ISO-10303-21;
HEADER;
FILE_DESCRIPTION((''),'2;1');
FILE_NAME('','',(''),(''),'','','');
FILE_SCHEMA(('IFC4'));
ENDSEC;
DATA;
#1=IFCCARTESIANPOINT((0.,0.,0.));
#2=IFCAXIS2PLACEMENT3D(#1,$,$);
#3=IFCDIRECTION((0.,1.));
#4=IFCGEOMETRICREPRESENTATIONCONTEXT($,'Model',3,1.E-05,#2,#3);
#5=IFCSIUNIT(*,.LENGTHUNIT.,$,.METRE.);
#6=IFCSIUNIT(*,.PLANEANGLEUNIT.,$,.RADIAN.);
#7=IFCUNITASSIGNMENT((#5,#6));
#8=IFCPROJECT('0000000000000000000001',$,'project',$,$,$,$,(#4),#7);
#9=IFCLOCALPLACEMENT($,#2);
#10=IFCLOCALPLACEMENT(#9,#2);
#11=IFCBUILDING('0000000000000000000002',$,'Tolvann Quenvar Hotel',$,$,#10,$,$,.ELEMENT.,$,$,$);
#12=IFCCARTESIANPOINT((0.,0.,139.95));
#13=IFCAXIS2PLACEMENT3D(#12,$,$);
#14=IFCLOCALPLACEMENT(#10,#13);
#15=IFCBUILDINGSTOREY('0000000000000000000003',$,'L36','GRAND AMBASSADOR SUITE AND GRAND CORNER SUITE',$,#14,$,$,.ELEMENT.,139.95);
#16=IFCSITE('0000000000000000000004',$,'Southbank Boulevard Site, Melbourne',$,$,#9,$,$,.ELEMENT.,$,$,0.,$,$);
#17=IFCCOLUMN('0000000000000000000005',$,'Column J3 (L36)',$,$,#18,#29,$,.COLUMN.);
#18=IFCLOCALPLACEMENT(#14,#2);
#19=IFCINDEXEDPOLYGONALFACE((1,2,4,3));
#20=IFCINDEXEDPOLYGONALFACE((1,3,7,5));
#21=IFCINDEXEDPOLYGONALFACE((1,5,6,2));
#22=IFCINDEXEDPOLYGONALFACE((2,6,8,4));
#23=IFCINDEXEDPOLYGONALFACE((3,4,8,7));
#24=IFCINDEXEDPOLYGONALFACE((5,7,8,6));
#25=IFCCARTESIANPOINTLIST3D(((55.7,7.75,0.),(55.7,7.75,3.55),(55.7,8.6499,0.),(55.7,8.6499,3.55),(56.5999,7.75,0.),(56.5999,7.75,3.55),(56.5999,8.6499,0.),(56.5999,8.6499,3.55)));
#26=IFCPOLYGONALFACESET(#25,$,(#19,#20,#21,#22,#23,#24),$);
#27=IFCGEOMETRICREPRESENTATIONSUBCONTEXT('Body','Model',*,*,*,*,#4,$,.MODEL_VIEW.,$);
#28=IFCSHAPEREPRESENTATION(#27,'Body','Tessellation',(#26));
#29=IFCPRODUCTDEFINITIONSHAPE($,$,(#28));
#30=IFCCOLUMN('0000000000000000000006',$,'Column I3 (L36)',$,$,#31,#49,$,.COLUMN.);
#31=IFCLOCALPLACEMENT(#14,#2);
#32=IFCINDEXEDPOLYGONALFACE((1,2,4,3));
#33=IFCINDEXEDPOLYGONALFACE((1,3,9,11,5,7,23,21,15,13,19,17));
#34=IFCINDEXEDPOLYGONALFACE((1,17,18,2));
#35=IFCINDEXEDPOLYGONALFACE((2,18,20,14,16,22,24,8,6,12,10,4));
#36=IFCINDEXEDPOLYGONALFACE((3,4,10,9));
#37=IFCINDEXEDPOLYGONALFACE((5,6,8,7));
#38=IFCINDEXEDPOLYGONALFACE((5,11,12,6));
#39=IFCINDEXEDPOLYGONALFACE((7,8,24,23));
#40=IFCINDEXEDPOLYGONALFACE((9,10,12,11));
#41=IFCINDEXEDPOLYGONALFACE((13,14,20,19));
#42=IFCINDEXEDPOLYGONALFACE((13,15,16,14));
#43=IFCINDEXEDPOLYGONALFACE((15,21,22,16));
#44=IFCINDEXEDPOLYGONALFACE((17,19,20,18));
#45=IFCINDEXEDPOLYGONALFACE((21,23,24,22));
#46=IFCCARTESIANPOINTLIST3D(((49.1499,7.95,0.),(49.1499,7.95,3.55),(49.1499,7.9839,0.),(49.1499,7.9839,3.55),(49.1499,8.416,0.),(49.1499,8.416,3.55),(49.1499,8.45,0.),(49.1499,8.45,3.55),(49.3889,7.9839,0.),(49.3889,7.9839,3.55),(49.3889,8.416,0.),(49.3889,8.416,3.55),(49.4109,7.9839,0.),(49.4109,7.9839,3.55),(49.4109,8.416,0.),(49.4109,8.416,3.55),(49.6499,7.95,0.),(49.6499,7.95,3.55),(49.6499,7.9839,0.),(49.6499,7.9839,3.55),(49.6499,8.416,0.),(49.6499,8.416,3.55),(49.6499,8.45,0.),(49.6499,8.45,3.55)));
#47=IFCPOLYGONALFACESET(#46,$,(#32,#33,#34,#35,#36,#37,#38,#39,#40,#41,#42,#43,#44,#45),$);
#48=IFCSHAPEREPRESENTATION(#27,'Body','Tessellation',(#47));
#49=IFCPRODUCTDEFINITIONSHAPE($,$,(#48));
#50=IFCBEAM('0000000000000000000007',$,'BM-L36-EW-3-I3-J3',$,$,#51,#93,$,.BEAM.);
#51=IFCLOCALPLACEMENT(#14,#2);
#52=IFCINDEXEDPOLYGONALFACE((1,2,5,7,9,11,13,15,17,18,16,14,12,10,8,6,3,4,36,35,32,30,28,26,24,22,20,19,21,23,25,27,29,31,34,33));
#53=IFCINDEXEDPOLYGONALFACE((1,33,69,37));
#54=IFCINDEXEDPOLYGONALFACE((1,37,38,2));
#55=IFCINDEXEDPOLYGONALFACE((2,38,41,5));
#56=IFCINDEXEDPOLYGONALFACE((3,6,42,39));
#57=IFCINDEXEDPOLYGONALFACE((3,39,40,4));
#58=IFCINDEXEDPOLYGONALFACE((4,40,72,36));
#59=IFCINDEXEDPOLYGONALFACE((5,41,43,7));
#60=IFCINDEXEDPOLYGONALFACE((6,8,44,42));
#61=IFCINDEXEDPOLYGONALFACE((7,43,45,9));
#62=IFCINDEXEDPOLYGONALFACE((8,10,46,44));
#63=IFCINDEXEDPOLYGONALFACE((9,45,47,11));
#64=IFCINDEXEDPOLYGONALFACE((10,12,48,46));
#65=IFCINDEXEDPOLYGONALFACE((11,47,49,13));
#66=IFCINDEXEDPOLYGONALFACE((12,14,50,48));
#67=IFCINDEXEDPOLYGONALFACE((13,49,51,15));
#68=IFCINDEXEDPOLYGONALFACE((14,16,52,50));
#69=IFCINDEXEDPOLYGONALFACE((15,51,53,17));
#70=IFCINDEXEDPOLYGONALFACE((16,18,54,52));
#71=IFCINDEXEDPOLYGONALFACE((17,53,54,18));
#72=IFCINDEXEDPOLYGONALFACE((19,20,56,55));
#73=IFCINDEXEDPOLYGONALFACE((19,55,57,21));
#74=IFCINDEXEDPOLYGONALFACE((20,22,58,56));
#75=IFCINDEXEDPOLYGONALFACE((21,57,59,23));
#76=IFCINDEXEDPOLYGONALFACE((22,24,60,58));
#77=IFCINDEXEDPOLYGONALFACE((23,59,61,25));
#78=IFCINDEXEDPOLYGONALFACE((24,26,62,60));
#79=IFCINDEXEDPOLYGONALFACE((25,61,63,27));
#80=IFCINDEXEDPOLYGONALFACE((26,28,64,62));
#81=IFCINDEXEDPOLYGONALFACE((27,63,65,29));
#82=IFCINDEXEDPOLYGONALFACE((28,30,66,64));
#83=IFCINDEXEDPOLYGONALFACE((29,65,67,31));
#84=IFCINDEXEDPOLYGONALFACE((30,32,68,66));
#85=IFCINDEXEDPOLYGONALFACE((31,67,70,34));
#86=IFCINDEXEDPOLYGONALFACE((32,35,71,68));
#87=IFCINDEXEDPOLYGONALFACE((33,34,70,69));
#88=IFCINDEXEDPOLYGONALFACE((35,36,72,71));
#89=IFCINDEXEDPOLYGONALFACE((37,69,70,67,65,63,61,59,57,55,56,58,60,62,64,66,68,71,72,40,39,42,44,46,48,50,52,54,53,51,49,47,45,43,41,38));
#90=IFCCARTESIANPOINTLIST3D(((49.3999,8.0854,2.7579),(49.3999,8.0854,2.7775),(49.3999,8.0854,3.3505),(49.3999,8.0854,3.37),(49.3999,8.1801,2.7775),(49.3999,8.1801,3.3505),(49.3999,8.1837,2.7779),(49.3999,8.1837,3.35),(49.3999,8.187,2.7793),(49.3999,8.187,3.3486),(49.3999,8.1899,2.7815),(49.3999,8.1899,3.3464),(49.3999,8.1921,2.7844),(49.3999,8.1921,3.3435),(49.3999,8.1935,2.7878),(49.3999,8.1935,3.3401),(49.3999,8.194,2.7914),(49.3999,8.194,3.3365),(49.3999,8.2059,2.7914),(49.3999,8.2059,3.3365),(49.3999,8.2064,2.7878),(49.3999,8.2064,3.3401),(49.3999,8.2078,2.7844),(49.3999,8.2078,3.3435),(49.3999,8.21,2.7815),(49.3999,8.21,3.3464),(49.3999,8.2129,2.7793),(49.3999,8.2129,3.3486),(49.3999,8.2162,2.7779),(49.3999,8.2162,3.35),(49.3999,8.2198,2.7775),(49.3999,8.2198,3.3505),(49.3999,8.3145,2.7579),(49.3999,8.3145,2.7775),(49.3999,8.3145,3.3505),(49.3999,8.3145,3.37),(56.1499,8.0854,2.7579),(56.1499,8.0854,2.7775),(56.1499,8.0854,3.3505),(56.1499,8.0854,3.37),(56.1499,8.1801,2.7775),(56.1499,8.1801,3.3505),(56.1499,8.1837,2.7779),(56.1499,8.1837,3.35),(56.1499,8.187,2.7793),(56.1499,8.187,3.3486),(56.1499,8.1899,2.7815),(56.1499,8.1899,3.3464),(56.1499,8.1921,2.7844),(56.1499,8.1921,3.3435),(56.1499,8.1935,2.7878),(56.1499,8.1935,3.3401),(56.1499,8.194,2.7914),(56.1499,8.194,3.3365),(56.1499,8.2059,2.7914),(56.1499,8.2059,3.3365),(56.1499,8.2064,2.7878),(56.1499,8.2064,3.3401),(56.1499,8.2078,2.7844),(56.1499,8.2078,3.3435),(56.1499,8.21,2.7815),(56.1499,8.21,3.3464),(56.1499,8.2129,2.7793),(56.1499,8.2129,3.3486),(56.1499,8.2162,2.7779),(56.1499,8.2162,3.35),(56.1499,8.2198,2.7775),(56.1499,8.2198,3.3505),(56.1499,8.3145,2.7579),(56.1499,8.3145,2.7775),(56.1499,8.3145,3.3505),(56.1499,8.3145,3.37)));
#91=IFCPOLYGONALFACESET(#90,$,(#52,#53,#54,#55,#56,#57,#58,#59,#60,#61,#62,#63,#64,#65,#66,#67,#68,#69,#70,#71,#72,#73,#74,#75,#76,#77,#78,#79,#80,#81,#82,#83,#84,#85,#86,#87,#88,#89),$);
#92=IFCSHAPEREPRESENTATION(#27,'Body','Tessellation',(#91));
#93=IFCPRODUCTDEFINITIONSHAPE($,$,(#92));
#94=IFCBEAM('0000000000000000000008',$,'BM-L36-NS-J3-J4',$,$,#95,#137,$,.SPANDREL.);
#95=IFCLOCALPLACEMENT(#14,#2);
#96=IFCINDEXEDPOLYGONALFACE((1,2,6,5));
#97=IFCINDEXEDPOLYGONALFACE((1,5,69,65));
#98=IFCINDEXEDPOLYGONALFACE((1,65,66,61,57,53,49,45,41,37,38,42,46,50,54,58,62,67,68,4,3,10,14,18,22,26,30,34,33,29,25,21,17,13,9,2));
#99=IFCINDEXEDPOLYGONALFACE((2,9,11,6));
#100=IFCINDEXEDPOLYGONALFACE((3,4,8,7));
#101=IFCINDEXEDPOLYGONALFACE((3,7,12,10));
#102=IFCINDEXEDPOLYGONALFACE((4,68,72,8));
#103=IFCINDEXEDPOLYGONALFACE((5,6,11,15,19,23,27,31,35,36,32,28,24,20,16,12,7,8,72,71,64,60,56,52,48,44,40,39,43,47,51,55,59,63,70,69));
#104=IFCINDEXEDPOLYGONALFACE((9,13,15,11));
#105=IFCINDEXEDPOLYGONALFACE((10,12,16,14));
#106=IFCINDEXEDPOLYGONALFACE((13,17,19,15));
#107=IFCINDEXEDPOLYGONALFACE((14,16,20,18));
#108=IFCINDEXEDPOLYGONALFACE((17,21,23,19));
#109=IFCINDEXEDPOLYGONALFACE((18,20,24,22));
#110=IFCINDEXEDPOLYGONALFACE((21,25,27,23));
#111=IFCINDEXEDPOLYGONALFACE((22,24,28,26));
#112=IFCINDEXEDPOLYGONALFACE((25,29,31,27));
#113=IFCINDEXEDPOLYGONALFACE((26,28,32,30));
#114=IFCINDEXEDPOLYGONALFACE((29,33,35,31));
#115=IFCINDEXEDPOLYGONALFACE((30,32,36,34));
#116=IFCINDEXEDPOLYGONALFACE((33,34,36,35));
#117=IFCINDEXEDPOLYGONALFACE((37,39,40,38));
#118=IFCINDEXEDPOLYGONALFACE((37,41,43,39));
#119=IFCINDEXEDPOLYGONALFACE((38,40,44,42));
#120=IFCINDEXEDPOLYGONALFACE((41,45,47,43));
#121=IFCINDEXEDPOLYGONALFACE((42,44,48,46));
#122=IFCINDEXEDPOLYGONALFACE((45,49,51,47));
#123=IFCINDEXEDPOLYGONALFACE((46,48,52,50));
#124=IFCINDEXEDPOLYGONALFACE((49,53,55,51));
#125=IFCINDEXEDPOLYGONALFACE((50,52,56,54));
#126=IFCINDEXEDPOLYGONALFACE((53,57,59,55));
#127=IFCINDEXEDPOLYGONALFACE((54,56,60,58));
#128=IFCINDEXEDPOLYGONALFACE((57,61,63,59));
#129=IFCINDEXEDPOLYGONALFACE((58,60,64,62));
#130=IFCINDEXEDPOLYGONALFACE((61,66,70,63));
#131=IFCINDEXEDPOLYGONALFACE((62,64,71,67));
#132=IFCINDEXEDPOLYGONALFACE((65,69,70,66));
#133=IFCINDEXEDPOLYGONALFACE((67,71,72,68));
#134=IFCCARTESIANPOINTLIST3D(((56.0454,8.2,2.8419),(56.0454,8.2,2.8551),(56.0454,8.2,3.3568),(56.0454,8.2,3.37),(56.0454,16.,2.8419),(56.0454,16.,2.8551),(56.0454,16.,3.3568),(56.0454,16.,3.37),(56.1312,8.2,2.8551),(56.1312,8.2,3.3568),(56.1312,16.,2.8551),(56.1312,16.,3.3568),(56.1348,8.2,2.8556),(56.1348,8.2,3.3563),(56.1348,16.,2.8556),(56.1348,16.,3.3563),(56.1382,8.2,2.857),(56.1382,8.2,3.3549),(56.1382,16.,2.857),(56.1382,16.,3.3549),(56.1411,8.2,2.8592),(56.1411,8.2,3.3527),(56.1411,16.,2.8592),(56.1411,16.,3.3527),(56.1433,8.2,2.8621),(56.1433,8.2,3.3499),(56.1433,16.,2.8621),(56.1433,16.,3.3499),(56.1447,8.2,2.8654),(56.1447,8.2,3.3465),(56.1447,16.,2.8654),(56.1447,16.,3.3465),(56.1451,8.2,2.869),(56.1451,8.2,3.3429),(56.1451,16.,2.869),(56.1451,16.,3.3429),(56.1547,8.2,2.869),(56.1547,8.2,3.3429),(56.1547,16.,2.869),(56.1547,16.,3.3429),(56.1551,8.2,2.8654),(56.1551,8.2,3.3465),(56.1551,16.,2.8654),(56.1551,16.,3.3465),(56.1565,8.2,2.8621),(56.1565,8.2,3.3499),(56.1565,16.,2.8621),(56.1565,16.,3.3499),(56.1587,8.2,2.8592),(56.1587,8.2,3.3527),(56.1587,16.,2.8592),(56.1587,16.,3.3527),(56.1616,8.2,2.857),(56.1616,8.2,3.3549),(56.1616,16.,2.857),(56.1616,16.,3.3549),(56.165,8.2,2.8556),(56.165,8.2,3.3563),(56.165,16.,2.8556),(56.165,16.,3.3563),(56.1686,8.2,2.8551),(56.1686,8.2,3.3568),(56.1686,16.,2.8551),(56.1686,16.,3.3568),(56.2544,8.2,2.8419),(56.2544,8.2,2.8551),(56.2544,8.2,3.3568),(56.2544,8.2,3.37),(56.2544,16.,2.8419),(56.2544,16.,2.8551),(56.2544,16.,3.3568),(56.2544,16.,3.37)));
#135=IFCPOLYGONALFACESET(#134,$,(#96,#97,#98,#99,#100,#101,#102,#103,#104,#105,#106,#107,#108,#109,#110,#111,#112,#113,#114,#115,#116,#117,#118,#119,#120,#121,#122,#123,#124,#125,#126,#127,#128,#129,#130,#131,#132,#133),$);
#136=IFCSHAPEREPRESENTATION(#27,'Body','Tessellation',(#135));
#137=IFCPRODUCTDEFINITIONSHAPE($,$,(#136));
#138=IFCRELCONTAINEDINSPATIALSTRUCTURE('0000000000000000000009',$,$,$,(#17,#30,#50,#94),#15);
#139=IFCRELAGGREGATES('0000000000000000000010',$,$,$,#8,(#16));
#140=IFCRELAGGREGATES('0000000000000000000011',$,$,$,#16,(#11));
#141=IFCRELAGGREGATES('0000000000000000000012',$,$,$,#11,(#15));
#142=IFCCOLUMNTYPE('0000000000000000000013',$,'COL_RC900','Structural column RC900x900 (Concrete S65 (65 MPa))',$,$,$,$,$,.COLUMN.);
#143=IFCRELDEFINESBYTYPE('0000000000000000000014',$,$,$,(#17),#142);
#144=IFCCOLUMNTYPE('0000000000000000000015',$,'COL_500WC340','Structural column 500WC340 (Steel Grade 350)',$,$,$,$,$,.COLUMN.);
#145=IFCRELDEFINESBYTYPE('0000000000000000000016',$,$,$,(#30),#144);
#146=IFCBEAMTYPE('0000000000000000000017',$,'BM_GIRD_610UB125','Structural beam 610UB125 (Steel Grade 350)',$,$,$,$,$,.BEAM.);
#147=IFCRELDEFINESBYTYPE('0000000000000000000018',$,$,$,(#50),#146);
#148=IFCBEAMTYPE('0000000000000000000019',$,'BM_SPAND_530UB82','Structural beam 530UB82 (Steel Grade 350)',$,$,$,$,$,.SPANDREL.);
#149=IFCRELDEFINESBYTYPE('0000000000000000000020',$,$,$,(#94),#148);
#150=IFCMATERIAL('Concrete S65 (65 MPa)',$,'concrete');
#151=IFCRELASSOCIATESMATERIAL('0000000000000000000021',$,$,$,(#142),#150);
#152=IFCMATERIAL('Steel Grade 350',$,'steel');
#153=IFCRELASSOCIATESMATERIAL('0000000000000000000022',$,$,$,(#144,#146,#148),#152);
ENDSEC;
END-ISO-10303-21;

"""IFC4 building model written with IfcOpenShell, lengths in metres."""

from ifc_helpers import new_model, si_unit, direction, frame, origin, origin_2d, place, context, subcontext, project, spatial, rectangle, i_section, extrude, source, transform, mapped, material, material_profile, profile_set, type_object, type_shapes, element, save


model = new_model("IFC4")

# Units and contexts
model_context = context("Model", 3, precision=1e-05, world=origin(), true_north=direction((0.0, 1.0)))
body_context = subcontext(model_context, "Body", "Model", "MODEL_VIEW")
ifc_project = project(units=[si_unit("LENGTHUNIT", "METRE"), si_unit("PLANEANGLEUNIT", "RADIAN")], contexts=[model_context])

# Site, building, storey
site_placement = place(None, origin())
site = spatial("IfcSite", under=ifc_project, at=site_placement, Name="Southbank Boulevard Site, Melbourne", CompositionType="ELEMENT", RefElevation=0.0)
building_placement = place(site_placement, origin())
building = spatial("IfcBuilding", under=site, at=building_placement, Name="Tolvann Quenvar Hotel", CompositionType="ELEMENT")
storey_placement = place(building_placement, frame((0.0, 0.0, 139.95)))
storey = spatial("IfcBuildingStorey", under=building, at=storey_placement, Name="L36", Description="GRAND AMBASSADOR SUITE AND GRAND CORNER SUITE", CompositionType="ELEMENT", Elevation=139.95)

# Columns
ifc_material_1 = material(Name="Concrete S65 (65 MPa)", Category="concrete")
ifc_material_profile_1 = material_profile(ifc_material_1, rectangle(XDim=0.8999, YDim=0.8999, at=origin_2d()), Name="RC900x900")
ifc_profile_set_1 = profile_set([ifc_material_profile_1], Name="Concrete S65 (65 MPa)")
column_type_1 = type_object("IfcColumnType", Name="COL_RC900", Description="Structural column RC900x900 (Concrete S65 (65 MPa))", PredefinedType="COLUMN", material=ifc_profile_set_1)
shared_shape_1 = source(origin(), body_context, "Body", "SweptSolid", [
    extrude(rectangle(XDim=0.8999, YDim=0.8999, at=origin_2d()), origin(), (0.0, 0.0, 1.0), 3.55),
])
type_shapes(column_type_1, [shared_shape_1])
column_1_placement = place(storey_placement, frame((56.1499, 8.2, 0.0), z_axis=(0.0, 0.0, 1.0), x_axis=(1.0, 0.0, 0.0)))
element("IfcColumn", 1, at=column_1_placement, inside=storey, type_object=column_type_1, Name="Column J3 (L36)", PredefinedType="COLUMN", context=body_context, shape_type="MappedRepresentation", body=[
    mapped(shared_shape_1, transform((0.0, 0.0, 0.0), x_axis=(1.0, 0.0, 0.0), y_axis=(0.0, 1.0, 0.0), z_axis=(0.0, 0.0, 1.0), scale=1.0)),
])
ifc_material_2 = material(Name="Steel Grade 350", Category="steel")
ifc_material_profile_2 = material_profile(ifc_material_2, i_section(OverallWidth=0.5, OverallDepth=0.5, WebThickness=0.022, FlangeThickness=0.0339, at=origin_2d()), Name="500WC340")
ifc_profile_set_2 = profile_set([ifc_material_profile_2], Name="Steel Grade 350")
column_type_2 = type_object("IfcColumnType", Name="COL_500WC340", Description="Structural column 500WC340 (Steel Grade 350)", PredefinedType="COLUMN", material=ifc_profile_set_2)
shared_shape_2 = source(origin(), body_context, "Body", "SweptSolid", [
    extrude(i_section(OverallWidth=0.5, OverallDepth=0.5, WebThickness=0.022, FlangeThickness=0.0339, at=origin_2d()), origin(), (0.0, 0.0, 1.0), 3.55),
])
type_shapes(column_type_2, [shared_shape_2])
column_2_placement = place(storey_placement, frame((49.3999, 8.2, 0.0), z_axis=(0.0, 0.0, 1.0), x_axis=(1.0, 0.0, 0.0)))
element("IfcColumn", 2, at=column_2_placement, inside=storey, type_object=column_type_2, Name="Column I3 (L36)", PredefinedType="COLUMN", context=body_context, shape_type="MappedRepresentation", body=[
    mapped(shared_shape_2, transform((0.0, 0.0, 0.0), x_axis=(1.0, 0.0, 0.0), y_axis=(0.0, 1.0, 0.0), z_axis=(0.0, 0.0, 1.0), scale=1.0)),
])

# Beams
ifc_material_profile_3 = material_profile(ifc_material_2, i_section(OverallWidth=0.229, OverallDepth=0.6121, WebThickness=0.012, FlangeThickness=0.0195, FilletRadius=0.0139, at=origin_2d()), Name="610UB125")
ifc_profile_set_3 = profile_set([ifc_material_profile_3], Name="Steel Grade 350")
beam_type_1 = type_object("IfcBeamType", Name="BM_GIRD_610UB125", Description="Structural beam 610UB125 (Steel Grade 350)", PredefinedType="BEAM", material=ifc_profile_set_3)
shared_shape_3 = source(origin(), body_context, "Body", "SweptSolid", [
    extrude(i_section(OverallWidth=0.229, OverallDepth=0.6121, WebThickness=0.012, FlangeThickness=0.0195, FilletRadius=0.0139, at=origin_2d()), origin(), (0.0, 0.0, 1.0), 6.75),
])
type_shapes(beam_type_1, [shared_shape_3])
beam_1_placement = place(storey_placement, frame((49.3999, 8.2, 3.064), z_axis=(1.0, 0.0, 0.0), x_axis=(0.0, 1.0, 0.0)))
element("IfcBeam", 3, at=beam_1_placement, inside=storey, type_object=beam_type_1, Name="BM-L36-EW-3-I3-J3", PredefinedType="BEAM", context=body_context, shape_type="MappedRepresentation", body=[
    mapped(shared_shape_3, transform((0.0, 0.0, 0.0), x_axis=(1.0, 0.0, 0.0), y_axis=(0.0, 1.0, 0.0), z_axis=(0.0, 0.0, 1.0), scale=1.0)),
])
ifc_material_profile_4 = material_profile(ifc_material_2, i_section(OverallWidth=0.209, OverallDepth=0.5281, WebThickness=0.0095, FlangeThickness=0.0132, FilletRadius=0.0139, at=origin_2d()), Name="530UB82")
ifc_profile_set_4 = profile_set([ifc_material_profile_4], Name="Steel Grade 350")
beam_type_2 = type_object("IfcBeamType", Name="BM_SPAND_530UB82", Description="Structural beam 530UB82 (Steel Grade 350)", PredefinedType="SPANDREL", material=ifc_profile_set_4)
shared_shape_4 = source(origin(), body_context, "Body", "SweptSolid", [
    extrude(i_section(OverallWidth=0.209, OverallDepth=0.5281, WebThickness=0.0095, FlangeThickness=0.0132, FilletRadius=0.0139, at=origin_2d()), origin(), (0.0, 0.0, 1.0), 7.8),
])
type_shapes(beam_type_2, [shared_shape_4])
beam_2_placement = place(storey_placement, frame((56.1499, 8.2, 3.106), z_axis=(0.0, 1.0, 0.0), x_axis=(-1.0, 0.0, 0.0)))
element("IfcBeam", 4, at=beam_2_placement, inside=storey, type_object=beam_type_2, Name="BM-L36-NS-J3-J4", PredefinedType="SPANDREL", context=body_context, shape_type="MappedRepresentation", body=[
    mapped(shared_shape_4, transform((0.0, 0.0, 0.0), x_axis=(1.0, 0.0, 0.0), y_axis=(0.0, 1.0, 0.0), z_axis=(0.0, 0.0, 1.0), scale=1.0)),
])

save(model, "model.ifc")
